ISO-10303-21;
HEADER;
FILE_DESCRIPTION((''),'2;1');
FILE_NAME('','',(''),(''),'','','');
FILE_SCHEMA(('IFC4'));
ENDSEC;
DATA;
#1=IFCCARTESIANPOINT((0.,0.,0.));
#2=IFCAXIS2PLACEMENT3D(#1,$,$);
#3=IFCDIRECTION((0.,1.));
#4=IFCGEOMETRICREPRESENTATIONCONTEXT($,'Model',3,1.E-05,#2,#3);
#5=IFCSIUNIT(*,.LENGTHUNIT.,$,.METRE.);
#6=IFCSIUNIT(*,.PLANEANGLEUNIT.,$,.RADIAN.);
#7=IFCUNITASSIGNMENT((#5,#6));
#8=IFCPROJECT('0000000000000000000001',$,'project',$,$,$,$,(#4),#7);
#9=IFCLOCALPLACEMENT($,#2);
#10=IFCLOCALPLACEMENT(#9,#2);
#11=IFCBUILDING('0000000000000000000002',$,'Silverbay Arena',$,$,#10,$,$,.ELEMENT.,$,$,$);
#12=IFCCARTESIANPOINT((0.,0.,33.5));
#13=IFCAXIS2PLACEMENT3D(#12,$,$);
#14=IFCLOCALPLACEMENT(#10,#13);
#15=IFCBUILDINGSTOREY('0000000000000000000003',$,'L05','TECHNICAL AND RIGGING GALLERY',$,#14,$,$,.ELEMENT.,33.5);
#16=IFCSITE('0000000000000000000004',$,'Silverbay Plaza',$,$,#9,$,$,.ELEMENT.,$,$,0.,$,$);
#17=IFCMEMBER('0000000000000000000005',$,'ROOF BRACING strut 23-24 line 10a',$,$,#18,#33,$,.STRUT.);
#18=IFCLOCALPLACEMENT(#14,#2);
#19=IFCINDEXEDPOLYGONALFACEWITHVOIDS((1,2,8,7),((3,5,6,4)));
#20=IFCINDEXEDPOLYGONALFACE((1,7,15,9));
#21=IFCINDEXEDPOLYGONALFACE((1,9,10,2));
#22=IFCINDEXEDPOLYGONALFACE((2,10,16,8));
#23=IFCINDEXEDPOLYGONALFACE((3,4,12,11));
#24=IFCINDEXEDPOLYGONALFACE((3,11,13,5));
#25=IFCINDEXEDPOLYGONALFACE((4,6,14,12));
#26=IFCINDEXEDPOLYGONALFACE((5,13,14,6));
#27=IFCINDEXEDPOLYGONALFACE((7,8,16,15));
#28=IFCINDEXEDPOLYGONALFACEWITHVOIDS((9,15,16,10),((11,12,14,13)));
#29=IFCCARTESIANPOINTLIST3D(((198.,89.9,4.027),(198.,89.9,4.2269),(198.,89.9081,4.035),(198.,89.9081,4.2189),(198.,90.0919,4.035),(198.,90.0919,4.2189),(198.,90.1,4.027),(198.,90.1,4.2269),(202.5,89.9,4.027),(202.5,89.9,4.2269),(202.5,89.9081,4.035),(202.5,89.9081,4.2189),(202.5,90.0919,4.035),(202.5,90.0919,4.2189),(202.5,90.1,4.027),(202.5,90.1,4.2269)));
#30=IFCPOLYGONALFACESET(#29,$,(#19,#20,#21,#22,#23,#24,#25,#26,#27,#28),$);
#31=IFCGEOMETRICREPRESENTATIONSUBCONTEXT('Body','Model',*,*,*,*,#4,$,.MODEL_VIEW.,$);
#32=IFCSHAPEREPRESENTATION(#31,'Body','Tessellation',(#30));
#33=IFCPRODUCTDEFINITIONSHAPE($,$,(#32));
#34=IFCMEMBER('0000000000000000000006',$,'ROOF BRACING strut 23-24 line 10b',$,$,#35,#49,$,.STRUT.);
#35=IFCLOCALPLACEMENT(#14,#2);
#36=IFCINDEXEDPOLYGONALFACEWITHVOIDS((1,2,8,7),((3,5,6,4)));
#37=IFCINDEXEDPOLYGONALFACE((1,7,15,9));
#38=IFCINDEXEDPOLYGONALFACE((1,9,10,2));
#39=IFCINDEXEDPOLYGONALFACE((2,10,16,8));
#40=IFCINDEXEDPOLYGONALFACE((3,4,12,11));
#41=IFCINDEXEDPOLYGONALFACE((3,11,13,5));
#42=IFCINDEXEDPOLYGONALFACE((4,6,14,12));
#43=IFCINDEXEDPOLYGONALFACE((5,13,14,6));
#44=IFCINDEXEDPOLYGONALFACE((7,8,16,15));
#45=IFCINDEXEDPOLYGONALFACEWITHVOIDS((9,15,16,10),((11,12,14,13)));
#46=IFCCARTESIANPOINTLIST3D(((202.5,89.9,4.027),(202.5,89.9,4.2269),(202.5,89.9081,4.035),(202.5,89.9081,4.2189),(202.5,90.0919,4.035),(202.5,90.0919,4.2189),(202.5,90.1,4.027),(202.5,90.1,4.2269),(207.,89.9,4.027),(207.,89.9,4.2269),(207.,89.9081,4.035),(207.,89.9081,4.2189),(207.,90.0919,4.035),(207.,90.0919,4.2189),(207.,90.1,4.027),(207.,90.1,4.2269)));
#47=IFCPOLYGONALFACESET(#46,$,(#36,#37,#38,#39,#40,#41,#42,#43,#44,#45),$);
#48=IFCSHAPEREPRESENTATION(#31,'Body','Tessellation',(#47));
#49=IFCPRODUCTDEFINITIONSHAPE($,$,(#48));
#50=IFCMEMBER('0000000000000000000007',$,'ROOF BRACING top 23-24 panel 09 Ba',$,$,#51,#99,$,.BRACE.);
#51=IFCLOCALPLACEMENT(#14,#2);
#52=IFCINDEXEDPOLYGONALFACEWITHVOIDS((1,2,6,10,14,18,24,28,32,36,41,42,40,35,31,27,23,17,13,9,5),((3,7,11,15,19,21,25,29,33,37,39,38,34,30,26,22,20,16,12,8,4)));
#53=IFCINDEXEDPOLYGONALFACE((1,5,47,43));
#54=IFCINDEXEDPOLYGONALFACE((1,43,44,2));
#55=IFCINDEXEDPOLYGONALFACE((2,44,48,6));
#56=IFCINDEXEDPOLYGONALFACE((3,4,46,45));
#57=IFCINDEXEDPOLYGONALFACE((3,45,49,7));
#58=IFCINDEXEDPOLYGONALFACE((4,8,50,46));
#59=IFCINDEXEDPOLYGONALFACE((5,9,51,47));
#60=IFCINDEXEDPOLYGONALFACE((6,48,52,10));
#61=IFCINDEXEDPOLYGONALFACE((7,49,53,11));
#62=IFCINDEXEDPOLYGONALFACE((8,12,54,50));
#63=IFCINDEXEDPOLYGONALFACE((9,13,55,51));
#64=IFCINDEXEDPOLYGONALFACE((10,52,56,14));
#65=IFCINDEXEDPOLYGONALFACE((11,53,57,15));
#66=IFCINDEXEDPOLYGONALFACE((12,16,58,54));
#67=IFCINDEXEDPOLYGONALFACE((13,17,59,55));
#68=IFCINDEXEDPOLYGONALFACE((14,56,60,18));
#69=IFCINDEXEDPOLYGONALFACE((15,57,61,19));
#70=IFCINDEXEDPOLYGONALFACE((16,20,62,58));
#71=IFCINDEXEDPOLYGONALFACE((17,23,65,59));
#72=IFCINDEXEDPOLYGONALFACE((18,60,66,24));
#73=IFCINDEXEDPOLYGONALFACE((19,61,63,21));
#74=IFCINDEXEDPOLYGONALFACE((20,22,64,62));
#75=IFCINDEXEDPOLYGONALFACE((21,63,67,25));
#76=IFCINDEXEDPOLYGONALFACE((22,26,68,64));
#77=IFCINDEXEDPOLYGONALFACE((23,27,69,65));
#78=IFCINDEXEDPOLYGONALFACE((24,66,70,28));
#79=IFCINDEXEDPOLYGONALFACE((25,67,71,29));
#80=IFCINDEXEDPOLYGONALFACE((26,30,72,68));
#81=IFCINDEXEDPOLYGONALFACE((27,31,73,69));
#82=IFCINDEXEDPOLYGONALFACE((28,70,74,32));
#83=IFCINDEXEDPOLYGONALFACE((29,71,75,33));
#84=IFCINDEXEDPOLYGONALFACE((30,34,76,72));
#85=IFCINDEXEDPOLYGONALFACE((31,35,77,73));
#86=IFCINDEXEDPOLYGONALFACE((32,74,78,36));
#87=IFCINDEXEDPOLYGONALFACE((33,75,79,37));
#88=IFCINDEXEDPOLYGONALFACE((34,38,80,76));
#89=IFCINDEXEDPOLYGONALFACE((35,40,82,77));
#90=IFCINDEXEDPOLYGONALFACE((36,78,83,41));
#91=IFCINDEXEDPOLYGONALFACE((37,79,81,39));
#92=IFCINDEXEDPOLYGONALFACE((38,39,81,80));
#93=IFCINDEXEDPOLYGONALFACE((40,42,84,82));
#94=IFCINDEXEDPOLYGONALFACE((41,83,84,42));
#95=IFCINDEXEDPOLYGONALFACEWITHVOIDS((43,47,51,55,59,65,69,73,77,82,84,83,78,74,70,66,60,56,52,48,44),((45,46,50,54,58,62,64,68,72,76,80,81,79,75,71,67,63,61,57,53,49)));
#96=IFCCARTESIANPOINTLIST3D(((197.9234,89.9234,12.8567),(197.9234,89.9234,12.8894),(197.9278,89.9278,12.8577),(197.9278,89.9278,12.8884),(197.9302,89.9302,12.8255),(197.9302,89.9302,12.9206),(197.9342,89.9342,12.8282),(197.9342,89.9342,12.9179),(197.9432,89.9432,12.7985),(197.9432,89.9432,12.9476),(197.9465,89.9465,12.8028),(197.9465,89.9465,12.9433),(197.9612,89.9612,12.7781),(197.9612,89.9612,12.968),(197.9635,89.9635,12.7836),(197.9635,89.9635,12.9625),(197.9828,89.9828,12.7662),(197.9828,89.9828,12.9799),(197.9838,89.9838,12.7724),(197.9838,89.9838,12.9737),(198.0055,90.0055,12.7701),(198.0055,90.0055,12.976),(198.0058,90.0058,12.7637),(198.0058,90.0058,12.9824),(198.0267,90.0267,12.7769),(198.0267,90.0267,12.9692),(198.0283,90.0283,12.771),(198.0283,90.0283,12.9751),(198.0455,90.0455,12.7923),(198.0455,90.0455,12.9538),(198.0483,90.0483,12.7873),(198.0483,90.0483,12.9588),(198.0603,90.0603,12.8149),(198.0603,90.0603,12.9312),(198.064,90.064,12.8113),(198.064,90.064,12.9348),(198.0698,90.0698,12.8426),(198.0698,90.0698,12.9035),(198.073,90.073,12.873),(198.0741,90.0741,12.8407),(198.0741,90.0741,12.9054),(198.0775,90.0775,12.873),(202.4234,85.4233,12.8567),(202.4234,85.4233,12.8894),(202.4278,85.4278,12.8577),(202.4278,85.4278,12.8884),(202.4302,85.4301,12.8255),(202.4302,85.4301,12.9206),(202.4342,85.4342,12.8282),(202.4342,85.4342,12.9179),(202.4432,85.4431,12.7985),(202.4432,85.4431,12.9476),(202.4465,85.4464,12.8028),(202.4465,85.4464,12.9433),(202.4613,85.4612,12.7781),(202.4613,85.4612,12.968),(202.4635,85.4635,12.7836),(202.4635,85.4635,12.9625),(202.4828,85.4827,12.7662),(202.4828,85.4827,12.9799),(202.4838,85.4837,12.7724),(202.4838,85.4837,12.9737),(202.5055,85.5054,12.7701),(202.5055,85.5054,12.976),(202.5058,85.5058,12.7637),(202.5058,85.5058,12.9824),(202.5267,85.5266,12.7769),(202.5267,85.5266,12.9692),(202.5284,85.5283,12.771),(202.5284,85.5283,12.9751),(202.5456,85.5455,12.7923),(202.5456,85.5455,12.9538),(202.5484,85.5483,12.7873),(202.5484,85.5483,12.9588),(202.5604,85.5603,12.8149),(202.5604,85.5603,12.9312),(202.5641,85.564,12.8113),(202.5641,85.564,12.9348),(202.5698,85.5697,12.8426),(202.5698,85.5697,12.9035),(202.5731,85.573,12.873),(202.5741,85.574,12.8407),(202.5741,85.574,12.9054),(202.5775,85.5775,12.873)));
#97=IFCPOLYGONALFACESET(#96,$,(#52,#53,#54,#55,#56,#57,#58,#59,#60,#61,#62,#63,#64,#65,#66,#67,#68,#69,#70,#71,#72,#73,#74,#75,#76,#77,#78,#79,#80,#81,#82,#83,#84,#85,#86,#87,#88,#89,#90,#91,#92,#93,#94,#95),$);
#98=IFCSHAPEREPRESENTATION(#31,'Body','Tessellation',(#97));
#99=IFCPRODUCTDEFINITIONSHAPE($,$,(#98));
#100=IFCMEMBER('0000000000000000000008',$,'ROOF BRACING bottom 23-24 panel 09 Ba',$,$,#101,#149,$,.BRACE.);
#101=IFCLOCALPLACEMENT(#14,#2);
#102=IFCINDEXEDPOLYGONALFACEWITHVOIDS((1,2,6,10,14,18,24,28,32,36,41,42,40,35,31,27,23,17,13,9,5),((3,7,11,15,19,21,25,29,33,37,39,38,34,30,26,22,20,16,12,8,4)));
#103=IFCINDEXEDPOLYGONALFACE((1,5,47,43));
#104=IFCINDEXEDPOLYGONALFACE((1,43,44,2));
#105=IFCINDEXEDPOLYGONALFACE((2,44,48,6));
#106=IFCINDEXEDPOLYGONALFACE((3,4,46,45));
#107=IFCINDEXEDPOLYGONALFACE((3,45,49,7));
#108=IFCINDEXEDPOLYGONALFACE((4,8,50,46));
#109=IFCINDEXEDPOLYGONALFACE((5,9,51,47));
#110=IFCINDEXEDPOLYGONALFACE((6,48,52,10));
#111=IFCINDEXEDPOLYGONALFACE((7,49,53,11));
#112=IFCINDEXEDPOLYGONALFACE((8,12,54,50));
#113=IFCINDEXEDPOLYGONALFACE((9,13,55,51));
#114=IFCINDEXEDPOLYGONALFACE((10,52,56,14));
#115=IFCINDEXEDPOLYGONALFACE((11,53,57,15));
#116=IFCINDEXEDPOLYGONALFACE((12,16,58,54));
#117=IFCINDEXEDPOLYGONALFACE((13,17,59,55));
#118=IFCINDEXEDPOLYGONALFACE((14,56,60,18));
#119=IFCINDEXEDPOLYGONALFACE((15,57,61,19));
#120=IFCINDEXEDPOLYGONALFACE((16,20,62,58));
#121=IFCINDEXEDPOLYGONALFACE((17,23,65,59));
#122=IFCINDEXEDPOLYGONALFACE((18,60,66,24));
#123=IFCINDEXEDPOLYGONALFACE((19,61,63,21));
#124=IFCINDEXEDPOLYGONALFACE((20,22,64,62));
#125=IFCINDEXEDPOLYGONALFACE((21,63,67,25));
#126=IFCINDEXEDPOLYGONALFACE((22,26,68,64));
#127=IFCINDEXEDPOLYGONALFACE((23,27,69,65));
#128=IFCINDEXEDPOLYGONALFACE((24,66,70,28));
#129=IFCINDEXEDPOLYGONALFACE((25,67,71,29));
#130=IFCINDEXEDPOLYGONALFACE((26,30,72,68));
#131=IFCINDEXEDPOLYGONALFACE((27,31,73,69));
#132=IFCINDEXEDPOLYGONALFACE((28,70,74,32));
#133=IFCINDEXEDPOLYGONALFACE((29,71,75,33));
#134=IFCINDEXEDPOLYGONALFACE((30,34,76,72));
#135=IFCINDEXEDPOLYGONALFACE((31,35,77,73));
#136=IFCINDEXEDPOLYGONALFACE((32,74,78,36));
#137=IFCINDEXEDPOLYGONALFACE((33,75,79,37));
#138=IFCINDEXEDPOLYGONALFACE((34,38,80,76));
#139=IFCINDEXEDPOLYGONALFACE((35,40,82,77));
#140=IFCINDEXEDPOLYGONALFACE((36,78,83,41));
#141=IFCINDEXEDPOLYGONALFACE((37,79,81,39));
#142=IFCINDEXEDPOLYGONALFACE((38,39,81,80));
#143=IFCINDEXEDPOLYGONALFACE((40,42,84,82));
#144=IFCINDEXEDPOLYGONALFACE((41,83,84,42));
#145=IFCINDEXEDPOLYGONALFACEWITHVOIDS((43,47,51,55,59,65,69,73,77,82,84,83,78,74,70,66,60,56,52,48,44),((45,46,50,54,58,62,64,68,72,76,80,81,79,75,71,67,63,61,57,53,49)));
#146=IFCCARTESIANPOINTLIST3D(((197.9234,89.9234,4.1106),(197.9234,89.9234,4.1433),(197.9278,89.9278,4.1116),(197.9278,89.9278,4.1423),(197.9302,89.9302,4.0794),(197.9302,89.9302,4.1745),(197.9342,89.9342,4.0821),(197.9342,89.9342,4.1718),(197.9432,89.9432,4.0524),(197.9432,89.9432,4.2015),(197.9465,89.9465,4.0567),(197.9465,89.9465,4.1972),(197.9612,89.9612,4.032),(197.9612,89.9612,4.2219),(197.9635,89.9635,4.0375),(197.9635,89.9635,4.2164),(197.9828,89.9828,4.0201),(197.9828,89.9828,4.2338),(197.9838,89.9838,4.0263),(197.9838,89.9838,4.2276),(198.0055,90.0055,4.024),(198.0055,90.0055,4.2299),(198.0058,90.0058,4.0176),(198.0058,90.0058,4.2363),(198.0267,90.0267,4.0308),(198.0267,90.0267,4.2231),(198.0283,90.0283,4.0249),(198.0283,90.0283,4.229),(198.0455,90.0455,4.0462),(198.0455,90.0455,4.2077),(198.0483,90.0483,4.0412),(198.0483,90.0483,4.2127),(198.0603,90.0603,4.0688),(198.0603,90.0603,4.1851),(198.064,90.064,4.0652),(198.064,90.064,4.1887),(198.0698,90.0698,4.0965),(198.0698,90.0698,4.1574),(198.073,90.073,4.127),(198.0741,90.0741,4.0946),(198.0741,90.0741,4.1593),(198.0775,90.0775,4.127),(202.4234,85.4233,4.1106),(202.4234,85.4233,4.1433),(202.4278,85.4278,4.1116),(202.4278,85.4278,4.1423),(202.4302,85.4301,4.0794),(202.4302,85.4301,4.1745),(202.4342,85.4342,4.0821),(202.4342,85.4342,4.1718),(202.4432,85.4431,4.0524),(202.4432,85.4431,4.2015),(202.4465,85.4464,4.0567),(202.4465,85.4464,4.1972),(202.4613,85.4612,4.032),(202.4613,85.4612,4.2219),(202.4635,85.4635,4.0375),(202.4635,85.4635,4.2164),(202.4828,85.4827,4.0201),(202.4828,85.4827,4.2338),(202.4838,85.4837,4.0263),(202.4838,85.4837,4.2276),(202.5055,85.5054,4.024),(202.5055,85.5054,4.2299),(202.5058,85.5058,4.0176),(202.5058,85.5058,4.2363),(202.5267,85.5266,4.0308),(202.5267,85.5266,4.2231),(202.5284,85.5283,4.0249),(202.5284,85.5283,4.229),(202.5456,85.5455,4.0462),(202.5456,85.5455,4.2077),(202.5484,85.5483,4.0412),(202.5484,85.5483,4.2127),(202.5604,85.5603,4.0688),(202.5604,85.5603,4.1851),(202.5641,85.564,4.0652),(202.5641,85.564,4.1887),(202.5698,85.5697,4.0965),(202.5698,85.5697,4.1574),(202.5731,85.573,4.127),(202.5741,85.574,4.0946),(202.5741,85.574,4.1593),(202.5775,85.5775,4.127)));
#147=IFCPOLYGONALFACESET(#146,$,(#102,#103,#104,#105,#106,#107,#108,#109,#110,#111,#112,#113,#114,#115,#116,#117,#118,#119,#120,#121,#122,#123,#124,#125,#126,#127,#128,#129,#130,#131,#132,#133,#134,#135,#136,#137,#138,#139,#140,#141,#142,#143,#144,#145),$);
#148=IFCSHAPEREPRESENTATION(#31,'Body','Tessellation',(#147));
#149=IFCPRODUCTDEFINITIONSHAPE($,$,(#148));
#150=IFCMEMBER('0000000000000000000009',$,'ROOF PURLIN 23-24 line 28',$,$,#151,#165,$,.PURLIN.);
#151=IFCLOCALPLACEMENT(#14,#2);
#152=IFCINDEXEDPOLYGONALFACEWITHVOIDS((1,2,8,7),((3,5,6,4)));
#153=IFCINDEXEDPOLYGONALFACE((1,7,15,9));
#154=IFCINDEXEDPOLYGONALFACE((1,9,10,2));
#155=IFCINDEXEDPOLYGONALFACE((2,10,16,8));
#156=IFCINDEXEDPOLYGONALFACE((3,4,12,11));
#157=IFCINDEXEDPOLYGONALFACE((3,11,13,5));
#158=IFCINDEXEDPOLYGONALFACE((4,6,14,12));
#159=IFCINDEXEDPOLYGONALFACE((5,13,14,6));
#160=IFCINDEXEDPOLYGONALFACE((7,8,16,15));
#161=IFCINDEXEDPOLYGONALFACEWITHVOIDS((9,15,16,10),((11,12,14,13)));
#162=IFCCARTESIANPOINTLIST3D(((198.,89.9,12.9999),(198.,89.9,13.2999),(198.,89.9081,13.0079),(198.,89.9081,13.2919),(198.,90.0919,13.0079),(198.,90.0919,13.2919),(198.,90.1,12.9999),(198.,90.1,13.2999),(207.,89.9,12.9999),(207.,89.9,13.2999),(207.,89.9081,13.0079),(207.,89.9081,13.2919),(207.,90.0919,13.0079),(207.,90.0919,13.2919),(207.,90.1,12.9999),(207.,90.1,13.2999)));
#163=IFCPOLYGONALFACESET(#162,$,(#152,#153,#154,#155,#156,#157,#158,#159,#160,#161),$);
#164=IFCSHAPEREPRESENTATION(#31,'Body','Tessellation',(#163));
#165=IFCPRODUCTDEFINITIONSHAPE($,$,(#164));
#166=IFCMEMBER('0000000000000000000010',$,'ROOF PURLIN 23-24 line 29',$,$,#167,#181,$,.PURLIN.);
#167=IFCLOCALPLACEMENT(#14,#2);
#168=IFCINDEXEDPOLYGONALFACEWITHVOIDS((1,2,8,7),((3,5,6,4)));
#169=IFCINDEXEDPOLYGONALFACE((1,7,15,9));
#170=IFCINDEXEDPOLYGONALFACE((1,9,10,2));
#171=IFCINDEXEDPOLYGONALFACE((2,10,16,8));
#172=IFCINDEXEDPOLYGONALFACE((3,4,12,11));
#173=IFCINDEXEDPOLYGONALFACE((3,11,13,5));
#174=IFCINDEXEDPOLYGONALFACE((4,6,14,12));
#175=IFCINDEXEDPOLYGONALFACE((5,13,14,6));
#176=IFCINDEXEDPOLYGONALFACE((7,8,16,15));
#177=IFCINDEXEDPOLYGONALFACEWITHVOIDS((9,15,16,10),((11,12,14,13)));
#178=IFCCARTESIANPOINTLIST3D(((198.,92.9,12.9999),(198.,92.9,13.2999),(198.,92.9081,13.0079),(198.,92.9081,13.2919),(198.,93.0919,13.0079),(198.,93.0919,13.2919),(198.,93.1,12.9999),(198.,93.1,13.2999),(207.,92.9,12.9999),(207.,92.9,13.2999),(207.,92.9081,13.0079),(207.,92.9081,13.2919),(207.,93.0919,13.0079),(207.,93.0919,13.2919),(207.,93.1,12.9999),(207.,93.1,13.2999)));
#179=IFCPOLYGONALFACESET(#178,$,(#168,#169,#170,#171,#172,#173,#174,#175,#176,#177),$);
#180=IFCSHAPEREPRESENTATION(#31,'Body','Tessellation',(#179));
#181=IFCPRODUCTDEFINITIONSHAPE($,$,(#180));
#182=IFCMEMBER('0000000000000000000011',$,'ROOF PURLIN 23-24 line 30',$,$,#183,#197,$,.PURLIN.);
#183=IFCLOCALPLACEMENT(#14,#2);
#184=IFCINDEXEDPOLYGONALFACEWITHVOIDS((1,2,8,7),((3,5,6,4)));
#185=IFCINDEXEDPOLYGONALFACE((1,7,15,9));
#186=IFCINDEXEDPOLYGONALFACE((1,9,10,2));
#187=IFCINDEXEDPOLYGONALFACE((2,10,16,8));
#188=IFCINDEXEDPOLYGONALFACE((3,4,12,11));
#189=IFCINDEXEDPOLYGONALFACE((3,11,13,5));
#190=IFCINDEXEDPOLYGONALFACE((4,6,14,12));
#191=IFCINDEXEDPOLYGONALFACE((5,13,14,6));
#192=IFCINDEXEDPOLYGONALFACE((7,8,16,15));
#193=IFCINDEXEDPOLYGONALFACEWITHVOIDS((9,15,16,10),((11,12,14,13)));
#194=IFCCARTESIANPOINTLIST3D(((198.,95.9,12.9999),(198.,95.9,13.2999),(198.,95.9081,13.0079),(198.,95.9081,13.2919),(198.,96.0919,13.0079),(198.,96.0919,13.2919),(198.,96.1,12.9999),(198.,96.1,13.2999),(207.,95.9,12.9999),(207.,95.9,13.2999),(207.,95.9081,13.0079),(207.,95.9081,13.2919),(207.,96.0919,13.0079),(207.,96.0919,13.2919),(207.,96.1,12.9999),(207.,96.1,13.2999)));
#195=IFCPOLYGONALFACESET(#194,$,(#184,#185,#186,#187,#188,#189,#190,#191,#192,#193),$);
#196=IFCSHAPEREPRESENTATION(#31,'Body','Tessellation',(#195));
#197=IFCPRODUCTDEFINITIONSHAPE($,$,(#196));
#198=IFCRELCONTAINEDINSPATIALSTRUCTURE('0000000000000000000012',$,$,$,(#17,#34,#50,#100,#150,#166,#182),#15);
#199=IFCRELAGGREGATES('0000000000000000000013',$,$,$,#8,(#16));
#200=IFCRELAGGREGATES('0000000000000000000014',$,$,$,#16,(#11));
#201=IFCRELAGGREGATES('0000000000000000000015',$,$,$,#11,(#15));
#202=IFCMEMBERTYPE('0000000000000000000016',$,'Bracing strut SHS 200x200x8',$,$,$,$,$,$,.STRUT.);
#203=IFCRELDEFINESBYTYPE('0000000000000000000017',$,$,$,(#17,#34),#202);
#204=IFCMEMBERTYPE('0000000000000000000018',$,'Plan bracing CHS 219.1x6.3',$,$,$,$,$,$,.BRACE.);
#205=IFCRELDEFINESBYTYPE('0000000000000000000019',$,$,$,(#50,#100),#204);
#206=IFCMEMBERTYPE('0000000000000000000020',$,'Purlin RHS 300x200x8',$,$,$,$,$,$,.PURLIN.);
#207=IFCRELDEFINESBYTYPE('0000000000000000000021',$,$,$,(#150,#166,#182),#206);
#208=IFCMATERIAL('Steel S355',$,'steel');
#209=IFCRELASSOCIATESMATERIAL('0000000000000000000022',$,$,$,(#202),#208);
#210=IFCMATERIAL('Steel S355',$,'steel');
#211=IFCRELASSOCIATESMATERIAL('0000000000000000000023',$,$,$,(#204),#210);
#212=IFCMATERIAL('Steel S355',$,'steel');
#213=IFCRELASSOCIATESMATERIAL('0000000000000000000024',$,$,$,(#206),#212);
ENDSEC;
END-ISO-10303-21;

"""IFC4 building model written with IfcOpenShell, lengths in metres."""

from ifc_helpers import new_model, si_unit, direction, frame, origin, origin_2d, place, context, subcontext, project, spatial, hollow_rectangle, hollow_circle, extrude, material, material_profile, profile_set, type_object, element, save


model = new_model("IFC4")

# Units and contexts
model_context = context("Model", 3, precision=1e-05, world=origin(), true_north=direction((0.0, 1.0)))
body_context = subcontext(model_context, "Body", "Model", "MODEL_VIEW")
ifc_project = project(units=[si_unit("LENGTHUNIT", "METRE"), si_unit("PLANEANGLEUNIT", "RADIAN")], contexts=[model_context])

# Site, building, storey
site_placement = place(None, origin())
site = spatial("IfcSite", under=ifc_project, at=site_placement, Name="Silverbay Plaza", CompositionType="ELEMENT", RefElevation=0.0)
building_placement = place(site_placement, origin())
building = spatial("IfcBuilding", under=site, at=building_placement, Name="Silverbay Arena", CompositionType="ELEMENT")
storey_placement = place(building_placement, frame((0.0, 0.0, 33.5)))
storey = spatial("IfcBuildingStorey", under=building, at=storey_placement, Name="L05", Description="TECHNICAL AND RIGGING GALLERY", CompositionType="ELEMENT", Elevation=33.5)

# Members
ifc_material_1 = material(Name="Steel S355", Category="steel")
ifc_material_profile_1 = material_profile(ifc_material_1, hollow_rectangle(XDim=0.2, YDim=0.2, WallThickness=0.0081, at=origin_2d()), Name="SHS 200x200x8")
ifc_profile_set_1 = profile_set([ifc_material_profile_1], Name="Steel S355")
member_type_1 = type_object("IfcMemberType", Name="Bracing strut SHS 200x200x8", PredefinedType="STRUT", material=ifc_profile_set_1)
for number, where, z_axis, x_axis, name in (
    (1, (198.0, 90.0, 4.127), (1.0, 0.0, 0.0), (0.0, 1.0, 0.0), "ROOF BRACING strut 23-24 line 10a"),
    (2, (202.5, 90.0, 4.127), (1.0, 0.0, 0.0), (0.0, 1.0, 0.0), "ROOF BRACING strut 23-24 line 10b"),
):
    element("IfcMember", number, at=place(storey_placement, frame(where, z_axis=z_axis, x_axis=x_axis)), inside=storey, type_object=member_type_1, Name=name, PredefinedType="STRUT", context=body_context, shape_type="SweptSolid", body=[
        extrude(hollow_rectangle(XDim=0.2, YDim=0.2, WallThickness=0.0081, at=origin_2d()), origin(), (0.0, 0.0, 1.0), 4.5),
    ])
ifc_material_2 = material(Name="Steel S355", Category="steel")
ifc_material_profile_2 = material_profile(ifc_material_2, hollow_circle(Radius=0.1096, WallThickness=0.0063, at=origin_2d()), Name="CHS 219.1x6.3")
ifc_profile_set_2 = profile_set([ifc_material_profile_2], Name="Steel S355")
member_type_2 = type_object("IfcMemberType", Name="Plan bracing CHS 219.1x6.3", PredefinedType="BRACE", material=ifc_profile_set_2)
for number, where, z_axis, x_axis, name in (
    (3, (198.0, 90.0, 12.873), (0.707107, -0.707107, 0.0), (0.707107, 0.707107, 0.0), "ROOF BRACING top 23-24 panel 09 Ba"),
    (4, (198.0, 90.0, 4.127), (0.707107, -0.707107, 0.0), (0.707107, 0.707107, 0.0), "ROOF BRACING bottom 23-24 panel 09 Ba"),
):
    element("IfcMember", number, at=place(storey_placement, frame(where, z_axis=z_axis, x_axis=x_axis)), inside=storey, type_object=member_type_2, Name=name, PredefinedType="BRACE", context=body_context, shape_type="SweptSolid", body=[
        extrude(hollow_circle(Radius=0.1096, WallThickness=0.0063, at=origin_2d()), origin(), (0.0, 0.0, 1.0), 6.364),
    ])
ifc_material_3 = material(Name="Steel S355", Category="steel")
ifc_material_profile_3 = material_profile(ifc_material_3, hollow_rectangle(XDim=0.2, YDim=0.3, WallThickness=0.0081, at=origin_2d()), Name="RHS 300x200x8")
ifc_profile_set_3 = profile_set([ifc_material_profile_3], Name="Steel S355")
member_type_3 = type_object("IfcMemberType", Name="Purlin RHS 300x200x8", PredefinedType="PURLIN", material=ifc_profile_set_3)
for number, where, z_axis, x_axis, name in (
    (5, (198.0, 90.0, 13.1499), (1.0, 0.0, 0.0), (0.0, 1.0, 0.0), "ROOF PURLIN 23-24 line 28"),
    (6, (198.0, 93.0, 13.1499), (1.0, 0.0, 0.0), (0.0, 1.0, 0.0), "ROOF PURLIN 23-24 line 29"),
    (7, (198.0, 96.0, 13.1499), (1.0, 0.0, 0.0), (0.0, 1.0, 0.0), "ROOF PURLIN 23-24 line 30"),
):
    element("IfcMember", number, at=place(storey_placement, frame(where, z_axis=z_axis, x_axis=x_axis)), inside=storey, type_object=member_type_3, Name=name, PredefinedType="PURLIN", context=body_context, shape_type="SweptSolid", body=[
        extrude(hollow_rectangle(XDim=0.2, YDim=0.3, WallThickness=0.0081, at=origin_2d()), origin(), (0.0, 0.0, 1.0), 9.0),
    ])

save(model, "model.ifc")
